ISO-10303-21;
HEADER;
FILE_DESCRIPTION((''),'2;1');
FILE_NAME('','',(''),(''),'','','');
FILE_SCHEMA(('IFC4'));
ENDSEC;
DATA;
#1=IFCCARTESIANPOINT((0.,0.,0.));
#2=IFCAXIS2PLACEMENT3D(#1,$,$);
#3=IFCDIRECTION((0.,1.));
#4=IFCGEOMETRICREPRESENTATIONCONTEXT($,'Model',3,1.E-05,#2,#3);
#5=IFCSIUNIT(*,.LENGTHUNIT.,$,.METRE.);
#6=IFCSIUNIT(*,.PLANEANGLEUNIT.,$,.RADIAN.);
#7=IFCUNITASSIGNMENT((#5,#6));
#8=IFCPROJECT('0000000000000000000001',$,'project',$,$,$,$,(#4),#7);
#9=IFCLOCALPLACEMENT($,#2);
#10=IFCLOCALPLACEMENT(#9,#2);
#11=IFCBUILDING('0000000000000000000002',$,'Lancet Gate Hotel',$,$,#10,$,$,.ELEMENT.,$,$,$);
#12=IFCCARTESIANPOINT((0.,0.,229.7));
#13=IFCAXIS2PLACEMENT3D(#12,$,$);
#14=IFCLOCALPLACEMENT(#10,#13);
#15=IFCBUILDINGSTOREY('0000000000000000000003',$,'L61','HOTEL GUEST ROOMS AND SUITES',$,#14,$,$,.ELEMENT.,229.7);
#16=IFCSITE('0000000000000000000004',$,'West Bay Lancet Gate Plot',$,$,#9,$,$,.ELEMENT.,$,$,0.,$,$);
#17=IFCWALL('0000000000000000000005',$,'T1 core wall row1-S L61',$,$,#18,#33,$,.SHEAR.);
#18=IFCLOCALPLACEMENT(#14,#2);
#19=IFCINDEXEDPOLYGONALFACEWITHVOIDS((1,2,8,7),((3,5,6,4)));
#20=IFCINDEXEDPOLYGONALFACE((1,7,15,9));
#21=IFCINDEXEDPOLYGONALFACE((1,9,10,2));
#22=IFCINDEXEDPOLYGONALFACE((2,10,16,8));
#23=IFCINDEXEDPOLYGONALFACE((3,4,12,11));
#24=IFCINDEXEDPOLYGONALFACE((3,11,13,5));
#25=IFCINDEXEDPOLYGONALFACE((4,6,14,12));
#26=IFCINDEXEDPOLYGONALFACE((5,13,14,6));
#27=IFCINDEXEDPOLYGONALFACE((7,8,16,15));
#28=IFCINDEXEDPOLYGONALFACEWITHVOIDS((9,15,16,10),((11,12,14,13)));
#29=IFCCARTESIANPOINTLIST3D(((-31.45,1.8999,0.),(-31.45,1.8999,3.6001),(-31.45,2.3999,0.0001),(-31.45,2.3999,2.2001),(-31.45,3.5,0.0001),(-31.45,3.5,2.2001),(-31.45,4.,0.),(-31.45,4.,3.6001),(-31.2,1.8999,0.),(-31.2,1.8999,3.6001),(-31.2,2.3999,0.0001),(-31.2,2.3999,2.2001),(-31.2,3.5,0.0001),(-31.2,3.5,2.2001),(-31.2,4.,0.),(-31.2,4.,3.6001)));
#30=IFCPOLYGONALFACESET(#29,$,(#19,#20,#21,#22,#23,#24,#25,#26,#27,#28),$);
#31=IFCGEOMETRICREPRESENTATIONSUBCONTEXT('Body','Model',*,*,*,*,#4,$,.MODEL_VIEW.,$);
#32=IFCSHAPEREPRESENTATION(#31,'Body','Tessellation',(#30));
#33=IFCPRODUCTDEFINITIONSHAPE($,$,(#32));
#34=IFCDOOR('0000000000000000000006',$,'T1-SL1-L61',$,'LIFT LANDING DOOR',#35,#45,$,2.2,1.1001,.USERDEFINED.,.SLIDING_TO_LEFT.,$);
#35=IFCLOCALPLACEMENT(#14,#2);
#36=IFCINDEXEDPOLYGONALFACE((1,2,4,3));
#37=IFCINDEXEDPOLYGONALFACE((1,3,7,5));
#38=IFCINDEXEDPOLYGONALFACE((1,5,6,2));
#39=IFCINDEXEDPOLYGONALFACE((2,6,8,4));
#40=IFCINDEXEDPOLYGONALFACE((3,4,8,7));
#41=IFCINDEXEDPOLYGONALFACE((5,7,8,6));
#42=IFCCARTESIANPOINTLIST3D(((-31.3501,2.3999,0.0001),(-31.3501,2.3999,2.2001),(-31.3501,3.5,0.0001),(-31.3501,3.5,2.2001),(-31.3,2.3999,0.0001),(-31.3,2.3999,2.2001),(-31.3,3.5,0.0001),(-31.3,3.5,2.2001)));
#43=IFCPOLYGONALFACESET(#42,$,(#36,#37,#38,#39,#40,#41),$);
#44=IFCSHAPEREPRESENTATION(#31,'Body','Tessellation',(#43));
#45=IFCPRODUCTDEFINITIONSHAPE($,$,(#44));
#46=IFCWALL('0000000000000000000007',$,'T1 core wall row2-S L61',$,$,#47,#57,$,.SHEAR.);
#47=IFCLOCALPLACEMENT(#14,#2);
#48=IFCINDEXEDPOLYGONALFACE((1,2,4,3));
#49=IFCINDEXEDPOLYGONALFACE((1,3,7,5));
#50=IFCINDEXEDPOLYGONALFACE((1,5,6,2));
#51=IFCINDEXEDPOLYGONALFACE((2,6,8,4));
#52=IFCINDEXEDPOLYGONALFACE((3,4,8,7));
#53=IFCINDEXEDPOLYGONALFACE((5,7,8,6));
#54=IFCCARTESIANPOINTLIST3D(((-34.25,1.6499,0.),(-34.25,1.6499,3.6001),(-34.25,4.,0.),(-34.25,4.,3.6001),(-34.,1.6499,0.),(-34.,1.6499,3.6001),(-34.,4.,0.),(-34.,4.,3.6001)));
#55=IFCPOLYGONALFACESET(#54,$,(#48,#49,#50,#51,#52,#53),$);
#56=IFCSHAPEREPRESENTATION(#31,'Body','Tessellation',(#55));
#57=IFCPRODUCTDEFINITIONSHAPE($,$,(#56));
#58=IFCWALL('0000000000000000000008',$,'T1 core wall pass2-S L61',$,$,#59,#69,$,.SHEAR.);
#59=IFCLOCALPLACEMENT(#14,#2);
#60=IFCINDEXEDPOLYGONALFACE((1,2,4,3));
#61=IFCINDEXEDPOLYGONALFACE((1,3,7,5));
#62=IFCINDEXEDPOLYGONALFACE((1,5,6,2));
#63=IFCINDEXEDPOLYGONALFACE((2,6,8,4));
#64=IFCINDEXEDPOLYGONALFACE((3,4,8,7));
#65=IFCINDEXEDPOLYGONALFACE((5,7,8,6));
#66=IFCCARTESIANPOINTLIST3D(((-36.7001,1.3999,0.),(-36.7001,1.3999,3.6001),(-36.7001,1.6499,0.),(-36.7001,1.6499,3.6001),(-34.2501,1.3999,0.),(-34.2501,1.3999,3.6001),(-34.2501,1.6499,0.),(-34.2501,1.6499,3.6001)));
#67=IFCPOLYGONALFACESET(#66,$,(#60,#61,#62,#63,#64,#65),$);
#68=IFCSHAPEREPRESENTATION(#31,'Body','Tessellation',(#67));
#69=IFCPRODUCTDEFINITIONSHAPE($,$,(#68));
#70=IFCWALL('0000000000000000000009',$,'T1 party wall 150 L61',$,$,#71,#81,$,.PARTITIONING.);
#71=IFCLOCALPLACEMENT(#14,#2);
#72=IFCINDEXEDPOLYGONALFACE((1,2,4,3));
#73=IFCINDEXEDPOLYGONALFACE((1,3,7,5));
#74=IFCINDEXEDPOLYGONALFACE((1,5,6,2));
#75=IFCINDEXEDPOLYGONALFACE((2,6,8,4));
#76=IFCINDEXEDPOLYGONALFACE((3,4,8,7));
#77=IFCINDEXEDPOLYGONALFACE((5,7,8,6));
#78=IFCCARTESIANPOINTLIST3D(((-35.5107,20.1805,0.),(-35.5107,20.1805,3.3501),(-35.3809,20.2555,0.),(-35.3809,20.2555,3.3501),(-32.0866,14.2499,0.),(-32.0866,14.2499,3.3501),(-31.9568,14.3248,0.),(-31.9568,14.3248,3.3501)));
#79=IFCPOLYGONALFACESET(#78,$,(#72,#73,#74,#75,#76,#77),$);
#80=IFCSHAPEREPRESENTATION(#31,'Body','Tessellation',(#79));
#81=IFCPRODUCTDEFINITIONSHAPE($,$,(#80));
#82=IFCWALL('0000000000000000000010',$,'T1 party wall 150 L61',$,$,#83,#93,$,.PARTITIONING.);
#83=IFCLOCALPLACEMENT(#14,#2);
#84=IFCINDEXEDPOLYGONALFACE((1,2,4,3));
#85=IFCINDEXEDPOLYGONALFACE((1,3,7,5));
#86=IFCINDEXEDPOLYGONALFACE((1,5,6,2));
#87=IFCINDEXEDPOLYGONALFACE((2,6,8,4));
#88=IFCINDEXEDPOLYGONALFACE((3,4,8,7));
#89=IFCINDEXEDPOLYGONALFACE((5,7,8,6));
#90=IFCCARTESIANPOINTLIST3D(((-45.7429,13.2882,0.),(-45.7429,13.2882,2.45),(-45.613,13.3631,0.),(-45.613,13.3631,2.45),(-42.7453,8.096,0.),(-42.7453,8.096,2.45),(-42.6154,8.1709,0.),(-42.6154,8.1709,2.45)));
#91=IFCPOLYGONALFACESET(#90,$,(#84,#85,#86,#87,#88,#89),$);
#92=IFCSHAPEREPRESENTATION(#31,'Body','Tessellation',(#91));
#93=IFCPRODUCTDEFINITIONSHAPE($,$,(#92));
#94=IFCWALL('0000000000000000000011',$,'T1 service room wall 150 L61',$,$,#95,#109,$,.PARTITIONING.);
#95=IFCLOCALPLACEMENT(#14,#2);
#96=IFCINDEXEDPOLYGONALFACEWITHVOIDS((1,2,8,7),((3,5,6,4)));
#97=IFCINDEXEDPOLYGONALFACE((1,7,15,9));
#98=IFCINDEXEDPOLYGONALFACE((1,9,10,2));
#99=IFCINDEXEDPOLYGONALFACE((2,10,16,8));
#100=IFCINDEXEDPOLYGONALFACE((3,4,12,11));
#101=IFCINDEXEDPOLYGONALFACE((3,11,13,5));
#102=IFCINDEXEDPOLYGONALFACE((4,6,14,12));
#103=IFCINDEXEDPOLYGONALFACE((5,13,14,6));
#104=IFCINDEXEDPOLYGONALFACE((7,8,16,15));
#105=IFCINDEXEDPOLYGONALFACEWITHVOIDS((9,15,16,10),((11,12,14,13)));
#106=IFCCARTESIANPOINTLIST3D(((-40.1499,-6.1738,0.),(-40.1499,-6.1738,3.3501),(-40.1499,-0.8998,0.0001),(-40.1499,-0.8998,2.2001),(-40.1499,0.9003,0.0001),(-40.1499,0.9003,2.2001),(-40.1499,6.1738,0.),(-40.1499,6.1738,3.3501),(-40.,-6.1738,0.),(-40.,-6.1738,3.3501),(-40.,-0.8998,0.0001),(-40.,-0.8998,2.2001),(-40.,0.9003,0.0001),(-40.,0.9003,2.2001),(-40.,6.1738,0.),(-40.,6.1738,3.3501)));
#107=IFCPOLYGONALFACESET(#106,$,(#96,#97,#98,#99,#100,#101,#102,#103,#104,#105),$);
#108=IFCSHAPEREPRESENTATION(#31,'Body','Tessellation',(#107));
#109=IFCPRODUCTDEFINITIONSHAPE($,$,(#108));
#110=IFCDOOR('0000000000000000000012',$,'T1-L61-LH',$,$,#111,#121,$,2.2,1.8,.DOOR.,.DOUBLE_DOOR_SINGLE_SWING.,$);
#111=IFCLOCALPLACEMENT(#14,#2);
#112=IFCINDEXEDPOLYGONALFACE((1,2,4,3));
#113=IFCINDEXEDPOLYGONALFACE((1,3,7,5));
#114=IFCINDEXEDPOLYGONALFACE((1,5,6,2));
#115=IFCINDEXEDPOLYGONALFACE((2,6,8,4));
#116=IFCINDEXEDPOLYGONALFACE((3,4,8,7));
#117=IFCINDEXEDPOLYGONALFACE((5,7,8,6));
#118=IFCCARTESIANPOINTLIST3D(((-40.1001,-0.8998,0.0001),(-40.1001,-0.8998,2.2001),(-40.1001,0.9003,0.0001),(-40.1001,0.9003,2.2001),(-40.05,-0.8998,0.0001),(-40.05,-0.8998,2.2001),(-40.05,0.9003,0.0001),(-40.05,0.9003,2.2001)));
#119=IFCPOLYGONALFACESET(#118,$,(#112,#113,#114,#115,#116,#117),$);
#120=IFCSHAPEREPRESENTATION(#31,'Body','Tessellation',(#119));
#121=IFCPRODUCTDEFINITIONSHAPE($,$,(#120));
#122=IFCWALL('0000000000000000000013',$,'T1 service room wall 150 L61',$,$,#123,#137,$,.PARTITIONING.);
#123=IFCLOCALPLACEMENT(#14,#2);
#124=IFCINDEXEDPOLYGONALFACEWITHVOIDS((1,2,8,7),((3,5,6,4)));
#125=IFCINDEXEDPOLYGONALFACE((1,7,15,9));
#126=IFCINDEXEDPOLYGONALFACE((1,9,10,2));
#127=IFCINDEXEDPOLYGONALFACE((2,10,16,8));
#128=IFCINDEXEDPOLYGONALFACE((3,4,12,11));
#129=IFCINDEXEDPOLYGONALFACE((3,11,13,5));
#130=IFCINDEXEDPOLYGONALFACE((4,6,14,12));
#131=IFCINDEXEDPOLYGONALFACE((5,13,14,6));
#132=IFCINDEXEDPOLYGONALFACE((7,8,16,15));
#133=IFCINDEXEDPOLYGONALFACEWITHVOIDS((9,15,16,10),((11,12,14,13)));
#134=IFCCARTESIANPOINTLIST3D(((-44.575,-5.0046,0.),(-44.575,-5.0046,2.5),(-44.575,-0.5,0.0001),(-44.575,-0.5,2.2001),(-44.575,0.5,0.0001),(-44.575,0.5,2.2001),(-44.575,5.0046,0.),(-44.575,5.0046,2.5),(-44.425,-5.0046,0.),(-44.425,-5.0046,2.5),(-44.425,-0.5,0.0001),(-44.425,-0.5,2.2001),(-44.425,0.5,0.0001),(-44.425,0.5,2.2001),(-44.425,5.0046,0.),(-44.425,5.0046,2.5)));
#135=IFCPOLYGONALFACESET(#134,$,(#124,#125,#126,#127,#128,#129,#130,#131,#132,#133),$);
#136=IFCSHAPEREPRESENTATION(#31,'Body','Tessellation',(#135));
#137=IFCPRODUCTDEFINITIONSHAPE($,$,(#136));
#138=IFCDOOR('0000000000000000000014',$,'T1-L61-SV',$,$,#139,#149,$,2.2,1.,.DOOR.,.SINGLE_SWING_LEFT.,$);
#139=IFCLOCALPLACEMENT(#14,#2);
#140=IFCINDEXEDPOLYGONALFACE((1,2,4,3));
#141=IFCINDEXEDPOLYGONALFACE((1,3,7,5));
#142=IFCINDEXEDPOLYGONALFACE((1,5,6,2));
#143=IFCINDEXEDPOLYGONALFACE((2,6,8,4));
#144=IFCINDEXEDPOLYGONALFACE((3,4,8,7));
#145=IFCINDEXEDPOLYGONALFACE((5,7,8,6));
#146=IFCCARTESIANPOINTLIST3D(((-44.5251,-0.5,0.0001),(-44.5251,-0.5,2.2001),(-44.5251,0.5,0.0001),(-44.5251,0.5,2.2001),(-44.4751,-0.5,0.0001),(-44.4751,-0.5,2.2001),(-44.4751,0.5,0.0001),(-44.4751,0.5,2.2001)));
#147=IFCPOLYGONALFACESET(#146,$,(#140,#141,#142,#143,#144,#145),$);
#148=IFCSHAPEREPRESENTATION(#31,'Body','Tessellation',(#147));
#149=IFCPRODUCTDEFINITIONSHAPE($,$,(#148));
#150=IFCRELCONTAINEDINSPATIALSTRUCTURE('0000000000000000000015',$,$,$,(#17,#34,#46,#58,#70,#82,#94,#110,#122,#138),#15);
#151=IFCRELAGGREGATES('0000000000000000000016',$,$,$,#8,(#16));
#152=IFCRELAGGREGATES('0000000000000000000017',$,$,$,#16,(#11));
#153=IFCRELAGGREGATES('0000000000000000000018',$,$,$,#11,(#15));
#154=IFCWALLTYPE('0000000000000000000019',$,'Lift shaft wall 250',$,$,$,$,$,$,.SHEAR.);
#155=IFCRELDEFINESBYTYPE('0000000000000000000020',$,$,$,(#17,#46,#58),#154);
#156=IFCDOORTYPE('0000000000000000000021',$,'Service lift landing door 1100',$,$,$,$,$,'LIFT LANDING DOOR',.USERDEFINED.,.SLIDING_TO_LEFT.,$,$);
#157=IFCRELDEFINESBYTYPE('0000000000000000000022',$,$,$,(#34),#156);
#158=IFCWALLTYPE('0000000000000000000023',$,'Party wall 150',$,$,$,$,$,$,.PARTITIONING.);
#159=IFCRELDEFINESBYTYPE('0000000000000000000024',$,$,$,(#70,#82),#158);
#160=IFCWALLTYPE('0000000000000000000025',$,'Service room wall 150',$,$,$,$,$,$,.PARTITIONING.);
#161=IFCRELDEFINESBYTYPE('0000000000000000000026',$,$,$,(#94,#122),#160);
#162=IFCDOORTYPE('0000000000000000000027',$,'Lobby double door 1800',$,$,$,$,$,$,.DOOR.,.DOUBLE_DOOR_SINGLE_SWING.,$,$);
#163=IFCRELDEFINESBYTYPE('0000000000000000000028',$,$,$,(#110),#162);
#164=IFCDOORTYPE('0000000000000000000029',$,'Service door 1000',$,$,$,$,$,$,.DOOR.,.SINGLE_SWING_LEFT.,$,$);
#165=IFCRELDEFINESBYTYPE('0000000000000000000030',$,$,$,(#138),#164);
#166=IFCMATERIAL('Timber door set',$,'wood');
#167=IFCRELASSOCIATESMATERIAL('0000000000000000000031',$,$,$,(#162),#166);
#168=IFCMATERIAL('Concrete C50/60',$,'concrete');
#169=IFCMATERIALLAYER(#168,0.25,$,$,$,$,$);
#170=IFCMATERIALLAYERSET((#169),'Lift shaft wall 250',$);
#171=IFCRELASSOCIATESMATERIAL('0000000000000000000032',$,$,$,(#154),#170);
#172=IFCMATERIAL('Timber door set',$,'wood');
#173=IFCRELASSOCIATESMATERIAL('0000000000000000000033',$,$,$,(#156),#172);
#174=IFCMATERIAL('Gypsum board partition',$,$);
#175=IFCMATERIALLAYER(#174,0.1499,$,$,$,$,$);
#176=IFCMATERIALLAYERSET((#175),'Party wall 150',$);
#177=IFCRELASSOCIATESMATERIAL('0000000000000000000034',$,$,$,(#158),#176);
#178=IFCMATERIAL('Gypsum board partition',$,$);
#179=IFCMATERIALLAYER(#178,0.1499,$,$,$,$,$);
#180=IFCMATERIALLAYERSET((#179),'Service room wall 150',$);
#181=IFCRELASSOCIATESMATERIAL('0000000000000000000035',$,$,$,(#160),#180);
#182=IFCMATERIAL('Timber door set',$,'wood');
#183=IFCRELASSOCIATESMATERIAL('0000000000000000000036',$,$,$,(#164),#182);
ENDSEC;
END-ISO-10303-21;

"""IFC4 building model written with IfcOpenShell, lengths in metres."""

from ifc_helpers import new_model, si_unit, direction, frame, frame_2d, origin, place, context, subcontext, project, spatial, rectangle, extrude, material, layer, layer_set, type_object, element, fill, save


model = new_model("IFC4")

# Units and contexts
model_context = context("Model", 3, precision=1e-05, world=origin(), true_north=direction((0.0, 1.0)))
body_context = subcontext(model_context, "Body", "Model", "MODEL_VIEW")
ifc_project = project(units=[si_unit("LENGTHUNIT", "METRE"), si_unit("PLANEANGLEUNIT", "RADIAN")], contexts=[model_context])

# Site, building, storey
site_placement = place(None, origin())
site = spatial("IfcSite", under=ifc_project, at=site_placement, Name="West Bay Lancet Gate Plot", CompositionType="ELEMENT", RefElevation=0.0)
building_placement = place(site_placement, origin())
building = spatial("IfcBuilding", under=site, at=building_placement, Name="Lancet Gate Hotel", CompositionType="ELEMENT")
storey_placement = place(building_placement, frame((0.0, 0.0, 229.7)))
storey = spatial("IfcBuildingStorey", under=building, at=storey_placement, Name="L61", Description="HOTEL GUEST ROOMS AND SUITES", CompositionType="ELEMENT", Elevation=229.7)

# Wall, opening, door
ifc_material_1 = material(Name="Timber door set", Category="wood")
door_type_1 = type_object("IfcDoorType", Name="Lobby double door 1800", OperationType="DOUBLE_DOOR_SINGLE_SWING", PredefinedType="DOOR", material=ifc_material_1)
ifc_material_2 = material(Name="Concrete C50/60", Category="concrete")
ifc_layer_1 = layer(ifc_material_2, 0.25)
ifc_layer_set_1 = layer_set([ifc_layer_1], Name="Lift shaft wall 250")
wall_type_1 = type_object("IfcWallType", Name="Lift shaft wall 250", PredefinedType="SHEAR", material=ifc_layer_set_1)
wall_1_placement = place(storey_placement, frame((-31.325, 4.0, 0.0), z_axis=(0.0, 0.0, 1.0), x_axis=(0.0, -1.0, 0.0)))
wall_1 = element("IfcWall", 1, at=wall_1_placement, inside=storey, type_object=wall_type_1, Name="T1 core wall row1-S L61", PredefinedType="SHEAR", context=body_context, shape_type="SweptSolid", body=[
    extrude(rectangle(XDim=2.1001, YDim=0.25, at=frame_2d((1.05, 0.0))), origin(), (0.0, 0.0, 1.0), 3.6001),
])
opening_1_placement = place(wall_1_placement, frame((0.5, 0.0, 0.0)))
opening_1 = element("IfcOpeningElement", 2, at=opening_1_placement, cuts=wall_1, PredefinedType="OPENING", context=body_context, shape_type="SweptSolid", body=[
    extrude(rectangle(XDim=1.1001, YDim=2.2, at=frame_2d((0.55, 1.1001))), frame((0.0, 0.135, 0.0), z_axis=(0.0, -1.0, 0.0), x_axis=(1.0, 0.0, 0.0)), (0.0, 0.0, 1.0), 0.27),
])
ifc_material_3 = material(Name="Timber door set", Category="wood")
door_type_2 = type_object("IfcDoorType", Name="Service lift landing door 1100", ElementType="LIFT LANDING DOOR", OperationType="SLIDING_TO_LEFT", PredefinedType="USERDEFINED", material=ifc_material_3)
door_1_placement = place(opening_1_placement, origin())
door_1 = element("IfcDoor", 3, at=door_1_placement, inside=storey, type_object=door_type_2, Name="T1-SL1-L61", ObjectType="LIFT LANDING DOOR", OperationType="SLIDING_TO_LEFT", OverallHeight=2.2, OverallWidth=1.1001, PredefinedType="USERDEFINED", context=body_context, shape_type="SweptSolid", body=[
    extrude(rectangle(XDim=1.1001, YDim=2.2, at=frame_2d((0.55, 1.1001))), frame((0.0, 0.0249, 0.0), z_axis=(0.0, -1.0, 0.0), x_axis=(1.0, 0.0, 0.0)), (0.0, 0.0, 1.0), 0.05),
])
fill(opening_1, door_1)

# Walls
wall_2_placement = place(storey_placement, frame((-34.125, 4.0, 0.0), z_axis=(0.0, 0.0, 1.0), x_axis=(0.0, -1.0, 0.0)))
element("IfcWall", 4, at=wall_2_placement, inside=storey, type_object=wall_type_1, Name="T1 core wall row2-S L61", PredefinedType="SHEAR", context=body_context, shape_type="SweptSolid", body=[
    extrude(rectangle(XDim=2.3501, YDim=0.25, at=frame_2d((1.175, 0.0))), origin(), (0.0, 0.0, 1.0), 3.6001),
])
wall_3_placement = place(storey_placement, frame((-34.25, 1.5249, 0.0), z_axis=(0.0, 0.0, 1.0), x_axis=(-1.0, 0.0, 0.0)))
element("IfcWall", 5, at=wall_3_placement, inside=storey, type_object=wall_type_1, Name="T1 core wall pass2-S L61", PredefinedType="SHEAR", context=body_context, shape_type="SweptSolid", body=[
    extrude(rectangle(XDim=2.45, YDim=0.25, at=frame_2d((1.2251, 0.0))), origin(), (0.0, 0.0, 1.0), 3.6001),
])
ifc_material_4 = material(Name="Gypsum board partition")
ifc_layer_2 = layer(ifc_material_4, 0.1499)
ifc_layer_set_2 = layer_set([ifc_layer_2], Name="Party wall 150")
wall_type_2 = type_object("IfcWallType", Name="Party wall 150", PredefinedType="PARTITIONING", material=ifc_layer_set_2)
wall_4_placement = place(storey_placement, frame((-32.0217, 14.2874, 0.0), z_axis=(0.0, 0.0, 1.0), x_axis=(-0.5, 0.866025, 0.0)))
element("IfcWall", 6, at=wall_4_placement, inside=storey, type_object=wall_type_2, Name="T1 party wall 150 L61", PredefinedType="PARTITIONING", context=body_context, shape_type="SweptSolid", body=[
    extrude(rectangle(XDim=6.8481, YDim=0.1499, at=frame_2d((3.4241, 0.0))), origin(), (0.0, 0.0, 1.0), 3.3501),
])
wall_5_placement = place(storey_placement, frame((-42.6804, 8.1335, 0.0), z_axis=(0.0, 0.0, 1.0), x_axis=(-0.499984, 0.866034, 0.0)))
element("IfcWall", 7, at=wall_5_placement, inside=storey, type_object=wall_type_2, Name="T1 party wall 150 L61", PredefinedType="PARTITIONING", context=body_context, shape_type="SweptSolid", body=[
    extrude(rectangle(XDim=5.9954, YDim=0.1499, at=frame_2d((2.9976, 0.0))), origin(), (0.0, 0.0, 1.0), 2.45),
])

# Walls, openings, doors
ifc_material_5 = material(Name="Gypsum board partition")
ifc_layer_3 = layer(ifc_material_5, 0.1499)
ifc_layer_set_3 = layer_set([ifc_layer_3], Name="Service room wall 150")
wall_type_3 = type_object("IfcWallType", Name="Service room wall 150", PredefinedType="PARTITIONING", material=ifc_layer_set_3)
wall_6_placement = place(storey_placement, frame((-40.075, 6.1738, 0.0), z_axis=(0.0, 0.0, 1.0), x_axis=(0.0, -1.0, 0.0)))
wall_6 = element("IfcWall", 8, at=wall_6_placement, inside=storey, type_object=wall_type_3, Name="T1 service room wall 150 L61", PredefinedType="PARTITIONING", context=body_context, shape_type="SweptSolid", body=[
    extrude(rectangle(XDim=12.3477, YDim=0.1499, at=frame_2d((6.1738, 0.0))), origin(), (0.0, 0.0, 1.0), 3.3501),
])
opening_2_placement = place(wall_6_placement, frame((5.2737, 0.0, 0.0)))
opening_2 = element("IfcOpeningElement", 9, at=opening_2_placement, cuts=wall_6, PredefinedType="OPENING", context=body_context, shape_type="SweptSolid", body=[
    extrude(rectangle(XDim=1.8, YDim=2.2, at=frame_2d((0.8999, 1.1001))), frame((0.0, 0.085, 0.0), z_axis=(0.0, -1.0, 0.0), x_axis=(1.0, 0.0, 0.0)), (0.0, 0.0, 1.0), 0.1699),
])
door_2_placement = place(opening_2_placement, origin())
door_2 = element("IfcDoor", 10, at=door_2_placement, inside=storey, type_object=door_type_1, Name="T1-L61-LH", OperationType="DOUBLE_DOOR_SINGLE_SWING", OverallHeight=2.2, OverallWidth=1.8, PredefinedType="DOOR", context=body_context, shape_type="SweptSolid", body=[
    extrude(rectangle(XDim=1.8, YDim=2.2, at=frame_2d((0.8999, 1.1001))), frame((0.0, 0.0249, 0.0), z_axis=(0.0, -1.0, 0.0), x_axis=(1.0, 0.0, 0.0)), (0.0, 0.0, 1.0), 0.05),
])
fill(opening_2, door_2)
wall_7_placement = place(storey_placement, frame((-44.5, 5.0046, 0.0), z_axis=(0.0, 0.0, 1.0), x_axis=(0.0, -1.0, 0.0)))
wall_7 = element("IfcWall", 11, at=wall_7_placement, inside=storey, type_object=wall_type_3, Name="T1 service room wall 150 L61", PredefinedType="PARTITIONING", context=body_context, shape_type="SweptSolid", body=[
    extrude(rectangle(XDim=10.0093, YDim=0.1499, at=frame_2d((5.0046, 0.0))), origin(), (0.0, 0.0, 1.0), 2.5),
])
opening_3_placement = place(wall_7_placement, frame((4.5046, 0.0, 0.0)))
opening_3 = element("IfcOpeningElement", 12, at=opening_3_placement, cuts=wall_7, PredefinedType="OPENING", context=body_context, shape_type="SweptSolid", body=[
    extrude(rectangle(XDim=1.0, YDim=2.2, at=frame_2d((0.5, 1.1001))), frame((0.0, 0.085, 0.0), z_axis=(0.0, -1.0, 0.0), x_axis=(1.0, 0.0, 0.0)), (0.0, 0.0, 1.0), 0.1699),
])
ifc_material_6 = material(Name="Timber door set", Category="wood")
door_type_3 = type_object("IfcDoorType", Name="Service door 1000", OperationType="SINGLE_SWING_LEFT", PredefinedType="DOOR", material=ifc_material_6)
door_3_placement = place(opening_3_placement, origin())
door_3 = element("IfcDoor", 13, at=door_3_placement, inside=storey, type_object=door_type_3, Name="T1-L61-SV", OperationType="SINGLE_SWING_LEFT", OverallHeight=2.2, OverallWidth=1.0, PredefinedType="DOOR", context=body_context, shape_type="SweptSolid", body=[
    extrude(rectangle(XDim=1.0, YDim=2.2, at=frame_2d((0.5, 1.1001))), frame((0.0, 0.0249, 0.0), z_axis=(0.0, -1.0, 0.0), x_axis=(1.0, 0.0, 0.0)), (0.0, 0.0, 1.0), 0.05),
])
fill(opening_3, door_3)

save(model, "model.ifc")
